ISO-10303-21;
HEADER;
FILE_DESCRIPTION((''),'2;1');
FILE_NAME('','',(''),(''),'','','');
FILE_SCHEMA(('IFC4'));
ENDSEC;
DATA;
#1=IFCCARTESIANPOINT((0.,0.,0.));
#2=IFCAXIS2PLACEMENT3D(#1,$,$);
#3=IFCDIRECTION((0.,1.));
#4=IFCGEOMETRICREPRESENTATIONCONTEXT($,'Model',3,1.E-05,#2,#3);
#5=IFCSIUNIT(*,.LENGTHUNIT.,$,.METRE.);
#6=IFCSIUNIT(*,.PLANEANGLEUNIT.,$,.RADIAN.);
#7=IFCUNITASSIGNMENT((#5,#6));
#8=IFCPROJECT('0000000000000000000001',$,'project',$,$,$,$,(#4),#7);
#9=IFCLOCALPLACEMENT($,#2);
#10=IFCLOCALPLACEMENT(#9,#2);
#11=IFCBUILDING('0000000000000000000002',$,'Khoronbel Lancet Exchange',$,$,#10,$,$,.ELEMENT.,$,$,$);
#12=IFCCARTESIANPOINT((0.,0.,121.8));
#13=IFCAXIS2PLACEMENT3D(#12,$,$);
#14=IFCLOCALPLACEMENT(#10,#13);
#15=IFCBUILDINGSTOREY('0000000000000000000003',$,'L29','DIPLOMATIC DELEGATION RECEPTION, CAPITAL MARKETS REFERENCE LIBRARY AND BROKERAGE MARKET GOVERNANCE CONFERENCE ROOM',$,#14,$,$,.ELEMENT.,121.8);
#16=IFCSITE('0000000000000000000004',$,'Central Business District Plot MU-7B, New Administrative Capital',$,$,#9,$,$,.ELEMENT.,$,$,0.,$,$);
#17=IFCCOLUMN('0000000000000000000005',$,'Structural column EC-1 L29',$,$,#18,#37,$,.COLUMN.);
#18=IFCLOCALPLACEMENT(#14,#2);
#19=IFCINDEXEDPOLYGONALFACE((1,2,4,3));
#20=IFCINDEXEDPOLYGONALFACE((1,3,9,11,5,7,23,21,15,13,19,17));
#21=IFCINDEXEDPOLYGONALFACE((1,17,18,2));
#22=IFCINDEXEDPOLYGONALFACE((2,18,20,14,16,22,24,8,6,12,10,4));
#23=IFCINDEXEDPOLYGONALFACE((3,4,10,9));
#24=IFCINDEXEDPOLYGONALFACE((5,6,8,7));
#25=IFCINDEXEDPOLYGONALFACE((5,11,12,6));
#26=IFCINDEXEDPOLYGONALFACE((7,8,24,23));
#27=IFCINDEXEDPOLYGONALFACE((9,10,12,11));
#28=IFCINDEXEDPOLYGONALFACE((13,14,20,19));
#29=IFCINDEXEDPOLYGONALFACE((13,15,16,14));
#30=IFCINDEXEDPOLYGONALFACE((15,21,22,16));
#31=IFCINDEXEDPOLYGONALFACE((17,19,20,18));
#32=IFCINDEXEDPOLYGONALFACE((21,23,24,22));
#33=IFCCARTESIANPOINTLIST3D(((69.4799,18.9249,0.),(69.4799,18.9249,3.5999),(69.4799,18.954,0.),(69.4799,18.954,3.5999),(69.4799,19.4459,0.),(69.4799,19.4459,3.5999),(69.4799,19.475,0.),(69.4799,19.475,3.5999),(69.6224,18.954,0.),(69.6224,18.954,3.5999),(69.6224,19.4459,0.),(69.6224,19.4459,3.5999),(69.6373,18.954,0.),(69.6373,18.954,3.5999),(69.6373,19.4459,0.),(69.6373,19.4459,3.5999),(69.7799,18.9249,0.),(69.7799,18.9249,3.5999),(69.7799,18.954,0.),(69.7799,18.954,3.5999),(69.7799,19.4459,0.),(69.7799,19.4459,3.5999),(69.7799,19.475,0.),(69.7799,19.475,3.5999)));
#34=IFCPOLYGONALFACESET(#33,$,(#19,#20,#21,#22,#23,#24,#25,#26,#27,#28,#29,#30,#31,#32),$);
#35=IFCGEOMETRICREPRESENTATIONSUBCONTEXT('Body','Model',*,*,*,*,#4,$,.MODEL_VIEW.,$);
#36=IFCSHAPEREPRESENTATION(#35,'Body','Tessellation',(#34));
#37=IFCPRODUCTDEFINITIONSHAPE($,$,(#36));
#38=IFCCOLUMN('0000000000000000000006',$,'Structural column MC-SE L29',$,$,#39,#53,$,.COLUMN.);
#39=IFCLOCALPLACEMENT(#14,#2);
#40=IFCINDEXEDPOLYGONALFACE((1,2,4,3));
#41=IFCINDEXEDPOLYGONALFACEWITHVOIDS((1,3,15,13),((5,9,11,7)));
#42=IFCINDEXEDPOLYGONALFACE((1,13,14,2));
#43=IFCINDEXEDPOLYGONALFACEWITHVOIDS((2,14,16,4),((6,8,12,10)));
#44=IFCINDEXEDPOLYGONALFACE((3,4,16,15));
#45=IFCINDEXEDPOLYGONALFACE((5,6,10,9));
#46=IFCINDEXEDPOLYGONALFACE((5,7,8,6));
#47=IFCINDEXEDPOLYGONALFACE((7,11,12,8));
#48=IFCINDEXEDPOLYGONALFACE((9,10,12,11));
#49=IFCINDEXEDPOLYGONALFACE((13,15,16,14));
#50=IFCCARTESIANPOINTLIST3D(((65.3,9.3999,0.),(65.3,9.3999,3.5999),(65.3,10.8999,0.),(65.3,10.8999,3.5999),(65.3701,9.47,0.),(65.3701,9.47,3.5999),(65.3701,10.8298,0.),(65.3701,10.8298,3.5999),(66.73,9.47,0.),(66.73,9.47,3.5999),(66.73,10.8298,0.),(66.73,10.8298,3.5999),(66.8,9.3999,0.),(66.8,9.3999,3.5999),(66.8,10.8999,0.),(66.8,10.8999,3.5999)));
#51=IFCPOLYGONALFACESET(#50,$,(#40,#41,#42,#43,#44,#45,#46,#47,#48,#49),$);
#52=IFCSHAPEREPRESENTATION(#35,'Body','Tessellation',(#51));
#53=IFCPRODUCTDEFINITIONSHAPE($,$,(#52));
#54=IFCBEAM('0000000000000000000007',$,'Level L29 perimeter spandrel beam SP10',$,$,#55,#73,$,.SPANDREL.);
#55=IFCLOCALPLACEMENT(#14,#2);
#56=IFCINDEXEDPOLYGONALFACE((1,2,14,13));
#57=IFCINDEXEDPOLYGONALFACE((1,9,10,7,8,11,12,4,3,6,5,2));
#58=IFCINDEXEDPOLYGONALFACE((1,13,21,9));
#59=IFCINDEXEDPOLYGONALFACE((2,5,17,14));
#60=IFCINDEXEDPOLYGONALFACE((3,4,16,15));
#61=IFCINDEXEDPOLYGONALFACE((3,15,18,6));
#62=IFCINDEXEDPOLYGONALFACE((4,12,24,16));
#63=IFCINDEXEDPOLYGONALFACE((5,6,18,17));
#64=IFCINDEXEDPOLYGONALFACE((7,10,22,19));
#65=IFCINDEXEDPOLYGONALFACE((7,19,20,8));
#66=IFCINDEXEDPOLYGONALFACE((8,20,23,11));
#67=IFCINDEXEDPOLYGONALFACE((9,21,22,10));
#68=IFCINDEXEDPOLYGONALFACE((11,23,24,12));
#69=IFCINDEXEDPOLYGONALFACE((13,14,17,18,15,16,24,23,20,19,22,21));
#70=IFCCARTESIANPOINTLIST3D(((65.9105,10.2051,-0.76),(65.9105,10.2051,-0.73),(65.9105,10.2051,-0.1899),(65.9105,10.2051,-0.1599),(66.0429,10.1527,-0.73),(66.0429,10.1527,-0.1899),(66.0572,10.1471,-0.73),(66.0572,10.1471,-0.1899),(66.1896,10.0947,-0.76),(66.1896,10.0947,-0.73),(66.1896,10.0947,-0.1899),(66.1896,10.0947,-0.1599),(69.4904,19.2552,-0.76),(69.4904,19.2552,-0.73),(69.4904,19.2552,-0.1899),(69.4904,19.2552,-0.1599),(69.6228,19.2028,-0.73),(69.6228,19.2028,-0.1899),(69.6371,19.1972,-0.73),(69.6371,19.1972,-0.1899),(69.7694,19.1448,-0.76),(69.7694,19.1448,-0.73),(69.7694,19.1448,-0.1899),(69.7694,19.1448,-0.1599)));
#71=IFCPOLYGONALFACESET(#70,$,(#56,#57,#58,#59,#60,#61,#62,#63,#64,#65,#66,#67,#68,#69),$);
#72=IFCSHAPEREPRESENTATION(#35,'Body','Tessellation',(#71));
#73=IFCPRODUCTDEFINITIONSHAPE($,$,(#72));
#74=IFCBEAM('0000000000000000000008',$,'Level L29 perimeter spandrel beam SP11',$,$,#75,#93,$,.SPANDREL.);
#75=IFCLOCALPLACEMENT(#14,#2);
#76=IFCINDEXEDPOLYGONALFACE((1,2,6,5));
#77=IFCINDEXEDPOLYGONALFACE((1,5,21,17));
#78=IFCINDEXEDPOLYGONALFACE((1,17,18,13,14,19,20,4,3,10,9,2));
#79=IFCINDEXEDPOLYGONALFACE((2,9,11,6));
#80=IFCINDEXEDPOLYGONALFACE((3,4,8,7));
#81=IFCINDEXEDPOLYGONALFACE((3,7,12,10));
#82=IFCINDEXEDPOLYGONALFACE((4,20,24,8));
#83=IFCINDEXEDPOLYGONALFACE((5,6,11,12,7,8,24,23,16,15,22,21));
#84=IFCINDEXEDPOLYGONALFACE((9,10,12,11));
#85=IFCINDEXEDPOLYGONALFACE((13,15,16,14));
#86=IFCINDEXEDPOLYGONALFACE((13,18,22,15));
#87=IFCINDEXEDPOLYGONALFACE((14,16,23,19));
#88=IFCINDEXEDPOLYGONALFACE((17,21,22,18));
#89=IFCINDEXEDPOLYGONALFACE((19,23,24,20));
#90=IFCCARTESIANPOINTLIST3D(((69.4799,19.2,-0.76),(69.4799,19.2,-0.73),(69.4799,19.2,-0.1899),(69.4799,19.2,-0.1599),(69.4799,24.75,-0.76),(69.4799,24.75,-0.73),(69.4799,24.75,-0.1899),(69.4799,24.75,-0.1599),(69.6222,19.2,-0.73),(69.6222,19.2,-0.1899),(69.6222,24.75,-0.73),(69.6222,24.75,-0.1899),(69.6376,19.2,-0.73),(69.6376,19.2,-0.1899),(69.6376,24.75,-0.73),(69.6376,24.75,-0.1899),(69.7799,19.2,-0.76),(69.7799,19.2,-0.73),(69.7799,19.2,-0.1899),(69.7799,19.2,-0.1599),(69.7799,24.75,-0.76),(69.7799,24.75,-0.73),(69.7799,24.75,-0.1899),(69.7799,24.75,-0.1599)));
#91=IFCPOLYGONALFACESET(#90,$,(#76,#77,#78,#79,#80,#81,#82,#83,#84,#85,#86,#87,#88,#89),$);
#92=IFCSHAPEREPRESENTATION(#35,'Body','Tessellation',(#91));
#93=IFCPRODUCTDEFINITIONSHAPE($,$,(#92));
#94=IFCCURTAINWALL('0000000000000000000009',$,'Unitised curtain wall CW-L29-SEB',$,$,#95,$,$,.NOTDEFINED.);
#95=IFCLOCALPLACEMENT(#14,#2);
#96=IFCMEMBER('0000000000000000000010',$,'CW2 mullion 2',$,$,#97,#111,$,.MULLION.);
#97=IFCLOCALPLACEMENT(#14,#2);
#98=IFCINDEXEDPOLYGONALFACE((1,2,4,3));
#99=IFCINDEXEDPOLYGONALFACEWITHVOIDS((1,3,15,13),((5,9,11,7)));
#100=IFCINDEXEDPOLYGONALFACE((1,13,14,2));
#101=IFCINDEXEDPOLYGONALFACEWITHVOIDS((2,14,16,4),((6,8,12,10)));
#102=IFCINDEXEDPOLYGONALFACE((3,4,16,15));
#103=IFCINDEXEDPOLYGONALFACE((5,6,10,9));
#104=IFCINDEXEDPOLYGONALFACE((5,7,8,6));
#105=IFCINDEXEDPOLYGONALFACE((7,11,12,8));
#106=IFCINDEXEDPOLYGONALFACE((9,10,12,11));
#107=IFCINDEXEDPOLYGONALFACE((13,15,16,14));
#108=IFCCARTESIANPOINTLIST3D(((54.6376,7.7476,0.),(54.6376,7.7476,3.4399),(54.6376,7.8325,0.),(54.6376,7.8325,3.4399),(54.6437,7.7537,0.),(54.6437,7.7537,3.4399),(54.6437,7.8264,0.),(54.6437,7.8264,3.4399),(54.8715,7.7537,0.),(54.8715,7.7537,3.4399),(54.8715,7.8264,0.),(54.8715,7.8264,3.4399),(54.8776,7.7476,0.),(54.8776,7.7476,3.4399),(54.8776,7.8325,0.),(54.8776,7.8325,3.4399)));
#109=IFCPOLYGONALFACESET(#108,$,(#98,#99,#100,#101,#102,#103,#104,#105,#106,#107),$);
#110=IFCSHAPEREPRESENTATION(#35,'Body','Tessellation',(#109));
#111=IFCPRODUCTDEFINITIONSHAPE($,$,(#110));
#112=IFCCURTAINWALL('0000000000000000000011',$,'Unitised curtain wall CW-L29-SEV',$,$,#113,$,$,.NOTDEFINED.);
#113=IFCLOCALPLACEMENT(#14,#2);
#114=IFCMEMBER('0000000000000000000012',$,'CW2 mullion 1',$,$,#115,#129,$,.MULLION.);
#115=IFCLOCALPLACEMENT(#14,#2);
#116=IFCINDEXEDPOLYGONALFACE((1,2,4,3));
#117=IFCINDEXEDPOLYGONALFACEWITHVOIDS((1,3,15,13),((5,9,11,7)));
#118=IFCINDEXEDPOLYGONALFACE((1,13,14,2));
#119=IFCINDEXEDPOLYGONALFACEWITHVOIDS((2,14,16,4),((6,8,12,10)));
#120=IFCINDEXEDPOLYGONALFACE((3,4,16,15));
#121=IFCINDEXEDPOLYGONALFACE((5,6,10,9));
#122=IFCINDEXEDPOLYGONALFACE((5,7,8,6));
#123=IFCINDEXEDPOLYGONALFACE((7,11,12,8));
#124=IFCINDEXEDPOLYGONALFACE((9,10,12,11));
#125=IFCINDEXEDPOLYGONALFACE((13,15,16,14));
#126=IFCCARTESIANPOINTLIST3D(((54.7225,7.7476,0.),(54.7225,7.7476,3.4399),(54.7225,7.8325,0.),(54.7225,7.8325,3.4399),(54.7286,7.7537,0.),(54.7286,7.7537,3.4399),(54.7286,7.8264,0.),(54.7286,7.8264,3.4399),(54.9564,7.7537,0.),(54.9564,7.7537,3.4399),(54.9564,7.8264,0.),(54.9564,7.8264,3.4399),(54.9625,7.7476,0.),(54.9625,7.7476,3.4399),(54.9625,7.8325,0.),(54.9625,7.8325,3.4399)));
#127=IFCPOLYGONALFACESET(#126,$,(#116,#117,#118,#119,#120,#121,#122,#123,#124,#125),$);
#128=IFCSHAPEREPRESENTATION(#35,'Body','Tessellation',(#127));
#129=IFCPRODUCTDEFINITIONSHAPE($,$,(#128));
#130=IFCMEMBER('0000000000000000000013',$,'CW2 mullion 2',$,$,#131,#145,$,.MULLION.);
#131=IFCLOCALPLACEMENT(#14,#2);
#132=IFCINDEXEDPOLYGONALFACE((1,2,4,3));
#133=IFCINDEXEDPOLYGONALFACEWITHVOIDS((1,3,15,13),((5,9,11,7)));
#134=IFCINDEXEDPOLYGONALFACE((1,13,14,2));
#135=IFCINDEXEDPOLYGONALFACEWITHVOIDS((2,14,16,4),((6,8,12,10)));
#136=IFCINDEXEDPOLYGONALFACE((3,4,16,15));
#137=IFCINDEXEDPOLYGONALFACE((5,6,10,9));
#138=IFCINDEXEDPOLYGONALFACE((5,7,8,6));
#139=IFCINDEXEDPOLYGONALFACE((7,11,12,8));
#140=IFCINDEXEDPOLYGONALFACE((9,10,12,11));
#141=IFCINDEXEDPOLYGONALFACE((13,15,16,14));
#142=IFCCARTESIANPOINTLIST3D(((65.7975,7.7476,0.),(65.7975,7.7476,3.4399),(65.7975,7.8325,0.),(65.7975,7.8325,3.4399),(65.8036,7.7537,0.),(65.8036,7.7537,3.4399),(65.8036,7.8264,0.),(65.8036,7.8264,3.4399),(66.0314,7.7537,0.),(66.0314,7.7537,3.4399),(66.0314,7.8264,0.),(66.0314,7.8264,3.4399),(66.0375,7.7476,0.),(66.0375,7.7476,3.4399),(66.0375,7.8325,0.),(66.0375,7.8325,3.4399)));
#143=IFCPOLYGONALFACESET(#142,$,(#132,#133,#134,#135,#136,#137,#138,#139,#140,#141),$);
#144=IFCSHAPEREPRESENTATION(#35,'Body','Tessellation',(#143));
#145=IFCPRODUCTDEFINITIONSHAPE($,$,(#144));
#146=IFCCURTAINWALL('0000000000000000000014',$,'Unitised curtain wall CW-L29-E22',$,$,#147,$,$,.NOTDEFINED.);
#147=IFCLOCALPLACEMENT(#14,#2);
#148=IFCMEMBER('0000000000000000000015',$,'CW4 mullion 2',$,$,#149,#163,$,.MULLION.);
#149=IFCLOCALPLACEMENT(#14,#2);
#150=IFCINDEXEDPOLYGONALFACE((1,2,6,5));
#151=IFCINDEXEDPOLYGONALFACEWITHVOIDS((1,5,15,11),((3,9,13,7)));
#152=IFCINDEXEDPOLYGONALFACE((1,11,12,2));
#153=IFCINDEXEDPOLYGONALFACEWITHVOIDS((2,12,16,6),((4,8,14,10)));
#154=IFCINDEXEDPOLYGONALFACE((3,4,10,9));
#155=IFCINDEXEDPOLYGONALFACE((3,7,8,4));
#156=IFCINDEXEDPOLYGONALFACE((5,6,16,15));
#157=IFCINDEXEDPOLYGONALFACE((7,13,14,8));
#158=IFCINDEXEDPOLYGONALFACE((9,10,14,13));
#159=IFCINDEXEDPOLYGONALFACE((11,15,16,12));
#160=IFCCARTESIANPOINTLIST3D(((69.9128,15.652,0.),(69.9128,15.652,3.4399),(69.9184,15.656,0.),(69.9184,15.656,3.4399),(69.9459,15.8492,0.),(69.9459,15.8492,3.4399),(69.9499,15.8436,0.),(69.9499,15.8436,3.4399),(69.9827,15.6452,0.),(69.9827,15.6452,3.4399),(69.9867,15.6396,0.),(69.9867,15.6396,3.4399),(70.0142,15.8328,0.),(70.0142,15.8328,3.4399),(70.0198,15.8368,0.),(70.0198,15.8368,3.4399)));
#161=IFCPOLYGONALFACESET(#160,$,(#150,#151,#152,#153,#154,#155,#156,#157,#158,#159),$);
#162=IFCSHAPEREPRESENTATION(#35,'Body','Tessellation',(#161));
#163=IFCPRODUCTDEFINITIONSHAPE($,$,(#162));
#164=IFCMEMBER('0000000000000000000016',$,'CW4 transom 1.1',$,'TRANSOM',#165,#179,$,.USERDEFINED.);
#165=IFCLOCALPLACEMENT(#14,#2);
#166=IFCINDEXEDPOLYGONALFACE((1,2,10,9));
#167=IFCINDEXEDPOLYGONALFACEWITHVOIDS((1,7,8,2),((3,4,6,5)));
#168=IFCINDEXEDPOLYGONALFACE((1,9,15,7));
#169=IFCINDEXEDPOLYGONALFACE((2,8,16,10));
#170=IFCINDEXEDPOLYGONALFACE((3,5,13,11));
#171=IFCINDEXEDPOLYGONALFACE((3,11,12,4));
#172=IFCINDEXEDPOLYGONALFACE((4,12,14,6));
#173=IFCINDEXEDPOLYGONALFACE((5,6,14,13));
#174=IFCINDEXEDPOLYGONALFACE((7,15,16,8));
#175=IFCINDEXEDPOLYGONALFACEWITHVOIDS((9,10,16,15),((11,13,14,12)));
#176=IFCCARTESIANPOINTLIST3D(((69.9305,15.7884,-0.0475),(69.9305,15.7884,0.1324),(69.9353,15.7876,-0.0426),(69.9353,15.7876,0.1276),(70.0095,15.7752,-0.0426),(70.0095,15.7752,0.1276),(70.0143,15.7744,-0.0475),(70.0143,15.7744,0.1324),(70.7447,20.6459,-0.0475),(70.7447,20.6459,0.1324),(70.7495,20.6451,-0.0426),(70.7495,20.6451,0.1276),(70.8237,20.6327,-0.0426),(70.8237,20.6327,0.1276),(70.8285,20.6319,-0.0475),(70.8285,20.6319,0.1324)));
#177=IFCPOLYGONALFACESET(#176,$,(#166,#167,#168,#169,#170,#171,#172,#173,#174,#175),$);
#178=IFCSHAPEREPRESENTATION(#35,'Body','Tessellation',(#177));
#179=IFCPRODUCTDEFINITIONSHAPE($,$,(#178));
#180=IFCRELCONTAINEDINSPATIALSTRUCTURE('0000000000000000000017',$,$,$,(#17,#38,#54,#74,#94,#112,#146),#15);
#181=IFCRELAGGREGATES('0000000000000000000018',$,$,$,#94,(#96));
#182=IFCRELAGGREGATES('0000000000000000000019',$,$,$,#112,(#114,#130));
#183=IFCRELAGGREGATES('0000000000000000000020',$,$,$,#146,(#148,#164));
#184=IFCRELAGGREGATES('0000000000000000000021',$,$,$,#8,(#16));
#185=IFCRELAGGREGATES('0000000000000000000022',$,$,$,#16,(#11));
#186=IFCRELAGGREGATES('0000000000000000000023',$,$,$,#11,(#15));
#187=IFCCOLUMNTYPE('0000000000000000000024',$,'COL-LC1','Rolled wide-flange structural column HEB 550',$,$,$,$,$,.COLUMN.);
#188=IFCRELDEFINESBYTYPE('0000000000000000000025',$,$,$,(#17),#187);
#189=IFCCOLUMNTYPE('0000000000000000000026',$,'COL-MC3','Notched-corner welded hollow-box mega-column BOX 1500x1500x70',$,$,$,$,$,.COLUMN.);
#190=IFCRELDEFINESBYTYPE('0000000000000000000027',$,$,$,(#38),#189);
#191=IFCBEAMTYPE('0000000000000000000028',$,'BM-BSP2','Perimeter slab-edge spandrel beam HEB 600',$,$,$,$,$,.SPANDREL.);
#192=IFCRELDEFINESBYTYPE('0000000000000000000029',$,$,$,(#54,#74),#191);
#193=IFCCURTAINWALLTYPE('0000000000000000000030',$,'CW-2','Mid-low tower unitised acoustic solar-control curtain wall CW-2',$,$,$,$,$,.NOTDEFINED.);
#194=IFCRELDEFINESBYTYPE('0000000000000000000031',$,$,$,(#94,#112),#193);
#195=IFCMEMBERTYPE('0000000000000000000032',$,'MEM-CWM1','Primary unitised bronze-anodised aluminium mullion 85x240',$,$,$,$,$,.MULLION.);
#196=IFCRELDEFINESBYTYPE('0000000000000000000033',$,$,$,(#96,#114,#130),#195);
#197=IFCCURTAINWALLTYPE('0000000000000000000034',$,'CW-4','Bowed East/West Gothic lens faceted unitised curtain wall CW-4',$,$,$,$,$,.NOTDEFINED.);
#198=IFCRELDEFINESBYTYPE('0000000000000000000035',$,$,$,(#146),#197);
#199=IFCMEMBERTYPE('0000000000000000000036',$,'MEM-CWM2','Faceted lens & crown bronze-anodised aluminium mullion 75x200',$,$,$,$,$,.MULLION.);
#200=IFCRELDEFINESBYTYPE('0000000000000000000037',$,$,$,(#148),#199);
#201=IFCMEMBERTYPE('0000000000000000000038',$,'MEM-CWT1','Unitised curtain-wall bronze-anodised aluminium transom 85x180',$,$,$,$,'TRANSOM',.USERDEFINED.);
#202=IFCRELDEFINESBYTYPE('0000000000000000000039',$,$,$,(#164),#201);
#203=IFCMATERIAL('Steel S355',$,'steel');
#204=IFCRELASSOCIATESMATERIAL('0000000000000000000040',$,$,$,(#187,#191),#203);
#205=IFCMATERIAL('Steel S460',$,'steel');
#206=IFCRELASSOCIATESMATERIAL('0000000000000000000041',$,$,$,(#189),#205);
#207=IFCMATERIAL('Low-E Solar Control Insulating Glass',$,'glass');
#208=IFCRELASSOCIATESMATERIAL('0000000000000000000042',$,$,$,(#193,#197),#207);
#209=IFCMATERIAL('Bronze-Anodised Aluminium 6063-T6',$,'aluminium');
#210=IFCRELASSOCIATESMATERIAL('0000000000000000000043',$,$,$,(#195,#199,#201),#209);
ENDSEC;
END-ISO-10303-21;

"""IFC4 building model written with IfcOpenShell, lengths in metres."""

from ifc_helpers import new_model, si_unit, direction, frame, origin, origin_2d, place, context, subcontext, project, spatial, hollow_rectangle, i_section, extrude, material, material_profile, profile_set, type_object, element, aggregate, save


model = new_model("IFC4")

# Units and contexts
model_context = context("Model", 3, precision=1e-05, world=origin(), true_north=direction((0.0, 1.0)))
body_context = subcontext(model_context, "Body", "Model", "MODEL_VIEW")
ifc_project = project(units=[si_unit("LENGTHUNIT", "METRE"), si_unit("PLANEANGLEUNIT", "RADIAN")], contexts=[model_context])

# Site, building, storey
site_placement = place(None, origin())
site = spatial("IfcSite", under=ifc_project, at=site_placement, Name="Central Business District Plot MU-7B, New Administrative Capital", CompositionType="ELEMENT", RefElevation=0.0)
building_placement = place(site_placement, origin())
building = spatial("IfcBuilding", under=site, at=building_placement, Name="Khoronbel Lancet Exchange", CompositionType="ELEMENT")
storey_placement = place(building_placement, frame((0.0, 0.0, 121.8)))
storey = spatial("IfcBuildingStorey", under=building, at=storey_placement, Name="L29", Description="DIPLOMATIC DELEGATION RECEPTION, CAPITAL MARKETS REFERENCE LIBRARY AND BROKERAGE MARKET GOVERNANCE CONFERENCE ROOM", CompositionType="ELEMENT", Elevation=121.8)

# Columns
ifc_material_1 = material(Name="Steel S355", Category="steel")
ifc_material_profile_1 = material_profile(ifc_material_1, i_section(OverallWidth=0.3, OverallDepth=0.55, WebThickness=0.0149, FlangeThickness=0.0291, at=origin_2d()), Name="HEB 550")
ifc_profile_set_1 = profile_set([ifc_material_profile_1], Name="Steel S355")
column_type_1 = type_object("IfcColumnType", Name="COL-LC1", Description="Rolled wide-flange structural column HEB 550", PredefinedType="COLUMN", material=ifc_profile_set_1)
column_1_placement = place(storey_placement, frame((69.6299, 19.2, 0.0), z_axis=(0.0, 0.0, 1.0), x_axis=(1.0, 0.0, 0.0)))
element("IfcColumn", 1, at=column_1_placement, inside=storey, type_object=column_type_1, Name="Structural column EC-1 L29", PredefinedType="COLUMN", context=body_context, shape_type="SweptSolid", body=[
    extrude(i_section(OverallWidth=0.3, OverallDepth=0.55, WebThickness=0.0149, FlangeThickness=0.0291, at=origin_2d()), origin(), (0.0, 0.0, 1.0), 3.5999),
])
ifc_material_2 = material(Name="Steel S460", Category="steel")
ifc_material_profile_2 = material_profile(ifc_material_2, hollow_rectangle(XDim=1.5, YDim=1.5, WallThickness=0.0701, at=origin_2d()), Name="BOX 1500x1500x70")
ifc_profile_set_2 = profile_set([ifc_material_profile_2], Name="Steel S460")
column_type_2 = type_object("IfcColumnType", Name="COL-MC3", Description="Notched-corner welded hollow-box mega-column BOX 1500x1500x70", PredefinedType="COLUMN", material=ifc_profile_set_2)
column_2_placement = place(storey_placement, frame((66.05, 10.1499, 0.0), z_axis=(0.0, 0.0, 1.0), x_axis=(1.0, 0.0, 0.0)))
element("IfcColumn", 2, at=column_2_placement, inside=storey, type_object=column_type_2, Name="Structural column MC-SE L29", PredefinedType="COLUMN", context=body_context, shape_type="SweptSolid", body=[
    extrude(hollow_rectangle(XDim=1.5, YDim=1.5, WallThickness=0.0701, at=origin_2d()), origin(), (0.0, 0.0, 1.0), 3.5999),
])

# Beams
ifc_material_profile_3 = material_profile(ifc_material_1, i_section(OverallWidth=0.3, OverallDepth=0.6001, WebThickness=0.0154, FlangeThickness=0.03, at=origin_2d()), Name="HEB 600")
ifc_profile_set_3 = profile_set([ifc_material_profile_3], Name="Steel S355")
beam_type = type_object("IfcBeamType", Name="BM-BSP2", Description="Perimeter slab-edge spandrel beam HEB 600", PredefinedType="SPANDREL", material=ifc_profile_set_3)
beam_1_placement = place(storey_placement, frame((66.05, 10.1499, -0.46), z_axis=(0.367828, 0.929894, 0.0), x_axis=(-0.929894, 0.367828, 0.0)))
element("IfcBeam", 3, at=beam_1_placement, inside=storey, type_object=beam_type, Name="Level L29 perimeter spandrel beam SP10", PredefinedType="SPANDREL", context=body_context, shape_type="SweptSolid", body=[
    extrude(i_section(OverallWidth=0.3, OverallDepth=0.6001, WebThickness=0.0154, FlangeThickness=0.03, at=origin_2d()), origin(), (0.0, 0.0, 1.0), 9.7324),
])
beam_2_placement = place(storey_placement, frame((69.6299, 19.2, -0.46), z_axis=(0.0, 1.0, 0.0), x_axis=(-1.0, 0.0, 0.0)))
element("IfcBeam", 4, at=beam_2_placement, inside=storey, type_object=beam_type, Name="Level L29 perimeter spandrel beam SP11", PredefinedType="SPANDREL", context=body_context, shape_type="SweptSolid", body=[
    extrude(i_section(OverallWidth=0.3, OverallDepth=0.6001, WebThickness=0.0154, FlangeThickness=0.03, at=origin_2d()), origin(), (0.0, 0.0, 1.0), 5.55),
])

# Curtain wall, member
ifc_material_3 = material(Name="Low-E Solar Control Insulating Glass", Category="glass")
curtain_wall_type_1 = type_object("IfcCurtainWallType", Name="CW-2", Description="Mid-low tower unitised acoustic solar-control curtain wall CW-2", PredefinedType="NOTDEFINED", material=ifc_material_3)
curtain_wall_1_placement = place(storey_placement, origin())
curtain_wall_1 = element("IfcCurtainWall", 5, at=curtain_wall_1_placement, inside=storey, type_object=curtain_wall_type_1, Name="Unitised curtain wall CW-L29-SEB", PredefinedType="NOTDEFINED")
ifc_material_4 = material(Name="Bronze-Anodised Aluminium 6063-T6", Category="aluminium")
ifc_material_profile_4 = material_profile(ifc_material_4, hollow_rectangle(XDim=0.085, YDim=0.24, WallThickness=0.0061, at=origin_2d()), Name="ALU MULLION 85x240")
ifc_profile_set_4 = profile_set([ifc_material_profile_4], Name="Bronze-Anodised Aluminium 6063-T6")
member_type_1 = type_object("IfcMemberType", Name="MEM-CWM1", Description="Primary unitised bronze-anodised aluminium mullion 85x240", PredefinedType="MULLION", material=ifc_profile_set_4)
member_1_placement = place(storey_placement, frame((54.7576, 7.79, 0.0), z_axis=(0.0, 0.0, 1.0), x_axis=(0.0, 1.0, 0.0)))
member_1 = element("IfcMember", 6, at=member_1_placement, type_object=member_type_1, Name="CW2 mullion 2", PredefinedType="MULLION", context=body_context, shape_type="SweptSolid", body=[
    extrude(hollow_rectangle(XDim=0.085, YDim=0.24, WallThickness=0.0061, at=origin_2d()), origin(), (0.0, 0.0, 1.0), 3.4399),
])
aggregate(curtain_wall_1, [member_1])

# Curtain walls, members
curtain_wall_2_placement = place(storey_placement, origin())
curtain_wall_2 = element("IfcCurtainWall", 7, at=curtain_wall_2_placement, inside=storey, type_object=curtain_wall_type_1, Name="Unitised curtain wall CW-L29-SEV", PredefinedType="NOTDEFINED")
member_2_placement = place(storey_placement, frame((54.8425, 7.79, 0.0), z_axis=(0.0, 0.0, 1.0), x_axis=(0.0, 1.0, 0.0)))
member_2 = element("IfcMember", 8, at=member_2_placement, type_object=member_type_1, Name="CW2 mullion 1", PredefinedType="MULLION", context=body_context, shape_type="SweptSolid", body=[
    extrude(hollow_rectangle(XDim=0.085, YDim=0.24, WallThickness=0.0061, at=origin_2d()), origin(), (0.0, 0.0, 1.0), 3.4399),
])
member_3_placement = place(storey_placement, frame((65.9175, 7.79, 0.0), z_axis=(0.0, 0.0, 1.0), x_axis=(0.0, 1.0, 0.0)))
member_3 = element("IfcMember", 9, at=member_3_placement, type_object=member_type_1, Name="CW2 mullion 2", PredefinedType="MULLION", context=body_context, shape_type="SweptSolid", body=[
    extrude(hollow_rectangle(XDim=0.085, YDim=0.24, WallThickness=0.0061, at=origin_2d()), origin(), (0.0, 0.0, 1.0), 3.4399),
])
curtain_wall_type_2 = type_object("IfcCurtainWallType", Name="CW-4", Description="Bowed East/West Gothic lens faceted unitised curtain wall CW-4", PredefinedType="NOTDEFINED", material=ifc_material_3)
curtain_wall_3_placement = place(storey_placement, origin())
curtain_wall_3 = element("IfcCurtainWall", 10, at=curtain_wall_3_placement, inside=storey, type_object=curtain_wall_type_2, Name="Unitised curtain wall CW-L29-E22", PredefinedType="NOTDEFINED")
ifc_material_profile_5 = material_profile(ifc_material_4, hollow_rectangle(XDim=0.075, YDim=0.2, WallThickness=0.0049, at=origin_2d()), Name="ALU MULLION 75x200")
ifc_profile_set_5 = profile_set([ifc_material_profile_5], Name="Bronze-Anodised Aluminium 6063-T6")
member_type_2 = type_object("IfcMemberType", Name="MEM-CWM2", Description="Faceted lens & crown bronze-anodised aluminium mullion 75x200", PredefinedType="MULLION", material=ifc_profile_set_5)
member_4_placement = place(storey_placement, frame((69.9663, 15.7444, 0.0), z_axis=(0.0, 0.0, 1.0), x_axis=(0.986244, -0.165294, 0.0)))
member_4 = element("IfcMember", 11, at=member_4_placement, type_object=member_type_2, Name="CW4 mullion 2", PredefinedType="MULLION", context=body_context, shape_type="SweptSolid", body=[
    extrude(hollow_rectangle(XDim=0.075, YDim=0.2, WallThickness=0.0049, at=origin_2d()), origin(), (0.0, 0.0, 1.0), 3.4399),
])
ifc_material_profile_6 = material_profile(ifc_material_4, hollow_rectangle(XDim=0.085, YDim=0.1799, WallThickness=0.0049, at=origin_2d()), Name="ALU TRANSOM 85x180")
ifc_profile_set_6 = profile_set([ifc_material_profile_6], Name="Bronze-Anodised Aluminium 6063-T6")
member_type_3 = type_object("IfcMemberType", Name="MEM-CWT1", Description="Unitised curtain-wall bronze-anodised aluminium transom 85x180", ElementType="TRANSOM", PredefinedType="USERDEFINED", material=ifc_profile_set_6)
member_5_placement = place(storey_placement, frame((70.7866, 20.6389, 0.0425), z_axis=(-0.165315, -0.986241, 0.0), x_axis=(0.986241, -0.165315, 0.0)))
member_5 = element("IfcMember", 12, at=member_5_placement, type_object=member_type_3, Name="CW4 transom 1.1", ObjectType="TRANSOM", PredefinedType="USERDEFINED", context=body_context, shape_type="SweptSolid", body=[
    extrude(hollow_rectangle(XDim=0.085, YDim=0.1799, WallThickness=0.0049, at=origin_2d()), origin(), (0.0, 0.0, 1.0), 4.9253),
])

aggregate(curtain_wall_2, [member_2, member_3])
aggregate(curtain_wall_3, [member_4, member_5])

save(model, "model.ifc")
